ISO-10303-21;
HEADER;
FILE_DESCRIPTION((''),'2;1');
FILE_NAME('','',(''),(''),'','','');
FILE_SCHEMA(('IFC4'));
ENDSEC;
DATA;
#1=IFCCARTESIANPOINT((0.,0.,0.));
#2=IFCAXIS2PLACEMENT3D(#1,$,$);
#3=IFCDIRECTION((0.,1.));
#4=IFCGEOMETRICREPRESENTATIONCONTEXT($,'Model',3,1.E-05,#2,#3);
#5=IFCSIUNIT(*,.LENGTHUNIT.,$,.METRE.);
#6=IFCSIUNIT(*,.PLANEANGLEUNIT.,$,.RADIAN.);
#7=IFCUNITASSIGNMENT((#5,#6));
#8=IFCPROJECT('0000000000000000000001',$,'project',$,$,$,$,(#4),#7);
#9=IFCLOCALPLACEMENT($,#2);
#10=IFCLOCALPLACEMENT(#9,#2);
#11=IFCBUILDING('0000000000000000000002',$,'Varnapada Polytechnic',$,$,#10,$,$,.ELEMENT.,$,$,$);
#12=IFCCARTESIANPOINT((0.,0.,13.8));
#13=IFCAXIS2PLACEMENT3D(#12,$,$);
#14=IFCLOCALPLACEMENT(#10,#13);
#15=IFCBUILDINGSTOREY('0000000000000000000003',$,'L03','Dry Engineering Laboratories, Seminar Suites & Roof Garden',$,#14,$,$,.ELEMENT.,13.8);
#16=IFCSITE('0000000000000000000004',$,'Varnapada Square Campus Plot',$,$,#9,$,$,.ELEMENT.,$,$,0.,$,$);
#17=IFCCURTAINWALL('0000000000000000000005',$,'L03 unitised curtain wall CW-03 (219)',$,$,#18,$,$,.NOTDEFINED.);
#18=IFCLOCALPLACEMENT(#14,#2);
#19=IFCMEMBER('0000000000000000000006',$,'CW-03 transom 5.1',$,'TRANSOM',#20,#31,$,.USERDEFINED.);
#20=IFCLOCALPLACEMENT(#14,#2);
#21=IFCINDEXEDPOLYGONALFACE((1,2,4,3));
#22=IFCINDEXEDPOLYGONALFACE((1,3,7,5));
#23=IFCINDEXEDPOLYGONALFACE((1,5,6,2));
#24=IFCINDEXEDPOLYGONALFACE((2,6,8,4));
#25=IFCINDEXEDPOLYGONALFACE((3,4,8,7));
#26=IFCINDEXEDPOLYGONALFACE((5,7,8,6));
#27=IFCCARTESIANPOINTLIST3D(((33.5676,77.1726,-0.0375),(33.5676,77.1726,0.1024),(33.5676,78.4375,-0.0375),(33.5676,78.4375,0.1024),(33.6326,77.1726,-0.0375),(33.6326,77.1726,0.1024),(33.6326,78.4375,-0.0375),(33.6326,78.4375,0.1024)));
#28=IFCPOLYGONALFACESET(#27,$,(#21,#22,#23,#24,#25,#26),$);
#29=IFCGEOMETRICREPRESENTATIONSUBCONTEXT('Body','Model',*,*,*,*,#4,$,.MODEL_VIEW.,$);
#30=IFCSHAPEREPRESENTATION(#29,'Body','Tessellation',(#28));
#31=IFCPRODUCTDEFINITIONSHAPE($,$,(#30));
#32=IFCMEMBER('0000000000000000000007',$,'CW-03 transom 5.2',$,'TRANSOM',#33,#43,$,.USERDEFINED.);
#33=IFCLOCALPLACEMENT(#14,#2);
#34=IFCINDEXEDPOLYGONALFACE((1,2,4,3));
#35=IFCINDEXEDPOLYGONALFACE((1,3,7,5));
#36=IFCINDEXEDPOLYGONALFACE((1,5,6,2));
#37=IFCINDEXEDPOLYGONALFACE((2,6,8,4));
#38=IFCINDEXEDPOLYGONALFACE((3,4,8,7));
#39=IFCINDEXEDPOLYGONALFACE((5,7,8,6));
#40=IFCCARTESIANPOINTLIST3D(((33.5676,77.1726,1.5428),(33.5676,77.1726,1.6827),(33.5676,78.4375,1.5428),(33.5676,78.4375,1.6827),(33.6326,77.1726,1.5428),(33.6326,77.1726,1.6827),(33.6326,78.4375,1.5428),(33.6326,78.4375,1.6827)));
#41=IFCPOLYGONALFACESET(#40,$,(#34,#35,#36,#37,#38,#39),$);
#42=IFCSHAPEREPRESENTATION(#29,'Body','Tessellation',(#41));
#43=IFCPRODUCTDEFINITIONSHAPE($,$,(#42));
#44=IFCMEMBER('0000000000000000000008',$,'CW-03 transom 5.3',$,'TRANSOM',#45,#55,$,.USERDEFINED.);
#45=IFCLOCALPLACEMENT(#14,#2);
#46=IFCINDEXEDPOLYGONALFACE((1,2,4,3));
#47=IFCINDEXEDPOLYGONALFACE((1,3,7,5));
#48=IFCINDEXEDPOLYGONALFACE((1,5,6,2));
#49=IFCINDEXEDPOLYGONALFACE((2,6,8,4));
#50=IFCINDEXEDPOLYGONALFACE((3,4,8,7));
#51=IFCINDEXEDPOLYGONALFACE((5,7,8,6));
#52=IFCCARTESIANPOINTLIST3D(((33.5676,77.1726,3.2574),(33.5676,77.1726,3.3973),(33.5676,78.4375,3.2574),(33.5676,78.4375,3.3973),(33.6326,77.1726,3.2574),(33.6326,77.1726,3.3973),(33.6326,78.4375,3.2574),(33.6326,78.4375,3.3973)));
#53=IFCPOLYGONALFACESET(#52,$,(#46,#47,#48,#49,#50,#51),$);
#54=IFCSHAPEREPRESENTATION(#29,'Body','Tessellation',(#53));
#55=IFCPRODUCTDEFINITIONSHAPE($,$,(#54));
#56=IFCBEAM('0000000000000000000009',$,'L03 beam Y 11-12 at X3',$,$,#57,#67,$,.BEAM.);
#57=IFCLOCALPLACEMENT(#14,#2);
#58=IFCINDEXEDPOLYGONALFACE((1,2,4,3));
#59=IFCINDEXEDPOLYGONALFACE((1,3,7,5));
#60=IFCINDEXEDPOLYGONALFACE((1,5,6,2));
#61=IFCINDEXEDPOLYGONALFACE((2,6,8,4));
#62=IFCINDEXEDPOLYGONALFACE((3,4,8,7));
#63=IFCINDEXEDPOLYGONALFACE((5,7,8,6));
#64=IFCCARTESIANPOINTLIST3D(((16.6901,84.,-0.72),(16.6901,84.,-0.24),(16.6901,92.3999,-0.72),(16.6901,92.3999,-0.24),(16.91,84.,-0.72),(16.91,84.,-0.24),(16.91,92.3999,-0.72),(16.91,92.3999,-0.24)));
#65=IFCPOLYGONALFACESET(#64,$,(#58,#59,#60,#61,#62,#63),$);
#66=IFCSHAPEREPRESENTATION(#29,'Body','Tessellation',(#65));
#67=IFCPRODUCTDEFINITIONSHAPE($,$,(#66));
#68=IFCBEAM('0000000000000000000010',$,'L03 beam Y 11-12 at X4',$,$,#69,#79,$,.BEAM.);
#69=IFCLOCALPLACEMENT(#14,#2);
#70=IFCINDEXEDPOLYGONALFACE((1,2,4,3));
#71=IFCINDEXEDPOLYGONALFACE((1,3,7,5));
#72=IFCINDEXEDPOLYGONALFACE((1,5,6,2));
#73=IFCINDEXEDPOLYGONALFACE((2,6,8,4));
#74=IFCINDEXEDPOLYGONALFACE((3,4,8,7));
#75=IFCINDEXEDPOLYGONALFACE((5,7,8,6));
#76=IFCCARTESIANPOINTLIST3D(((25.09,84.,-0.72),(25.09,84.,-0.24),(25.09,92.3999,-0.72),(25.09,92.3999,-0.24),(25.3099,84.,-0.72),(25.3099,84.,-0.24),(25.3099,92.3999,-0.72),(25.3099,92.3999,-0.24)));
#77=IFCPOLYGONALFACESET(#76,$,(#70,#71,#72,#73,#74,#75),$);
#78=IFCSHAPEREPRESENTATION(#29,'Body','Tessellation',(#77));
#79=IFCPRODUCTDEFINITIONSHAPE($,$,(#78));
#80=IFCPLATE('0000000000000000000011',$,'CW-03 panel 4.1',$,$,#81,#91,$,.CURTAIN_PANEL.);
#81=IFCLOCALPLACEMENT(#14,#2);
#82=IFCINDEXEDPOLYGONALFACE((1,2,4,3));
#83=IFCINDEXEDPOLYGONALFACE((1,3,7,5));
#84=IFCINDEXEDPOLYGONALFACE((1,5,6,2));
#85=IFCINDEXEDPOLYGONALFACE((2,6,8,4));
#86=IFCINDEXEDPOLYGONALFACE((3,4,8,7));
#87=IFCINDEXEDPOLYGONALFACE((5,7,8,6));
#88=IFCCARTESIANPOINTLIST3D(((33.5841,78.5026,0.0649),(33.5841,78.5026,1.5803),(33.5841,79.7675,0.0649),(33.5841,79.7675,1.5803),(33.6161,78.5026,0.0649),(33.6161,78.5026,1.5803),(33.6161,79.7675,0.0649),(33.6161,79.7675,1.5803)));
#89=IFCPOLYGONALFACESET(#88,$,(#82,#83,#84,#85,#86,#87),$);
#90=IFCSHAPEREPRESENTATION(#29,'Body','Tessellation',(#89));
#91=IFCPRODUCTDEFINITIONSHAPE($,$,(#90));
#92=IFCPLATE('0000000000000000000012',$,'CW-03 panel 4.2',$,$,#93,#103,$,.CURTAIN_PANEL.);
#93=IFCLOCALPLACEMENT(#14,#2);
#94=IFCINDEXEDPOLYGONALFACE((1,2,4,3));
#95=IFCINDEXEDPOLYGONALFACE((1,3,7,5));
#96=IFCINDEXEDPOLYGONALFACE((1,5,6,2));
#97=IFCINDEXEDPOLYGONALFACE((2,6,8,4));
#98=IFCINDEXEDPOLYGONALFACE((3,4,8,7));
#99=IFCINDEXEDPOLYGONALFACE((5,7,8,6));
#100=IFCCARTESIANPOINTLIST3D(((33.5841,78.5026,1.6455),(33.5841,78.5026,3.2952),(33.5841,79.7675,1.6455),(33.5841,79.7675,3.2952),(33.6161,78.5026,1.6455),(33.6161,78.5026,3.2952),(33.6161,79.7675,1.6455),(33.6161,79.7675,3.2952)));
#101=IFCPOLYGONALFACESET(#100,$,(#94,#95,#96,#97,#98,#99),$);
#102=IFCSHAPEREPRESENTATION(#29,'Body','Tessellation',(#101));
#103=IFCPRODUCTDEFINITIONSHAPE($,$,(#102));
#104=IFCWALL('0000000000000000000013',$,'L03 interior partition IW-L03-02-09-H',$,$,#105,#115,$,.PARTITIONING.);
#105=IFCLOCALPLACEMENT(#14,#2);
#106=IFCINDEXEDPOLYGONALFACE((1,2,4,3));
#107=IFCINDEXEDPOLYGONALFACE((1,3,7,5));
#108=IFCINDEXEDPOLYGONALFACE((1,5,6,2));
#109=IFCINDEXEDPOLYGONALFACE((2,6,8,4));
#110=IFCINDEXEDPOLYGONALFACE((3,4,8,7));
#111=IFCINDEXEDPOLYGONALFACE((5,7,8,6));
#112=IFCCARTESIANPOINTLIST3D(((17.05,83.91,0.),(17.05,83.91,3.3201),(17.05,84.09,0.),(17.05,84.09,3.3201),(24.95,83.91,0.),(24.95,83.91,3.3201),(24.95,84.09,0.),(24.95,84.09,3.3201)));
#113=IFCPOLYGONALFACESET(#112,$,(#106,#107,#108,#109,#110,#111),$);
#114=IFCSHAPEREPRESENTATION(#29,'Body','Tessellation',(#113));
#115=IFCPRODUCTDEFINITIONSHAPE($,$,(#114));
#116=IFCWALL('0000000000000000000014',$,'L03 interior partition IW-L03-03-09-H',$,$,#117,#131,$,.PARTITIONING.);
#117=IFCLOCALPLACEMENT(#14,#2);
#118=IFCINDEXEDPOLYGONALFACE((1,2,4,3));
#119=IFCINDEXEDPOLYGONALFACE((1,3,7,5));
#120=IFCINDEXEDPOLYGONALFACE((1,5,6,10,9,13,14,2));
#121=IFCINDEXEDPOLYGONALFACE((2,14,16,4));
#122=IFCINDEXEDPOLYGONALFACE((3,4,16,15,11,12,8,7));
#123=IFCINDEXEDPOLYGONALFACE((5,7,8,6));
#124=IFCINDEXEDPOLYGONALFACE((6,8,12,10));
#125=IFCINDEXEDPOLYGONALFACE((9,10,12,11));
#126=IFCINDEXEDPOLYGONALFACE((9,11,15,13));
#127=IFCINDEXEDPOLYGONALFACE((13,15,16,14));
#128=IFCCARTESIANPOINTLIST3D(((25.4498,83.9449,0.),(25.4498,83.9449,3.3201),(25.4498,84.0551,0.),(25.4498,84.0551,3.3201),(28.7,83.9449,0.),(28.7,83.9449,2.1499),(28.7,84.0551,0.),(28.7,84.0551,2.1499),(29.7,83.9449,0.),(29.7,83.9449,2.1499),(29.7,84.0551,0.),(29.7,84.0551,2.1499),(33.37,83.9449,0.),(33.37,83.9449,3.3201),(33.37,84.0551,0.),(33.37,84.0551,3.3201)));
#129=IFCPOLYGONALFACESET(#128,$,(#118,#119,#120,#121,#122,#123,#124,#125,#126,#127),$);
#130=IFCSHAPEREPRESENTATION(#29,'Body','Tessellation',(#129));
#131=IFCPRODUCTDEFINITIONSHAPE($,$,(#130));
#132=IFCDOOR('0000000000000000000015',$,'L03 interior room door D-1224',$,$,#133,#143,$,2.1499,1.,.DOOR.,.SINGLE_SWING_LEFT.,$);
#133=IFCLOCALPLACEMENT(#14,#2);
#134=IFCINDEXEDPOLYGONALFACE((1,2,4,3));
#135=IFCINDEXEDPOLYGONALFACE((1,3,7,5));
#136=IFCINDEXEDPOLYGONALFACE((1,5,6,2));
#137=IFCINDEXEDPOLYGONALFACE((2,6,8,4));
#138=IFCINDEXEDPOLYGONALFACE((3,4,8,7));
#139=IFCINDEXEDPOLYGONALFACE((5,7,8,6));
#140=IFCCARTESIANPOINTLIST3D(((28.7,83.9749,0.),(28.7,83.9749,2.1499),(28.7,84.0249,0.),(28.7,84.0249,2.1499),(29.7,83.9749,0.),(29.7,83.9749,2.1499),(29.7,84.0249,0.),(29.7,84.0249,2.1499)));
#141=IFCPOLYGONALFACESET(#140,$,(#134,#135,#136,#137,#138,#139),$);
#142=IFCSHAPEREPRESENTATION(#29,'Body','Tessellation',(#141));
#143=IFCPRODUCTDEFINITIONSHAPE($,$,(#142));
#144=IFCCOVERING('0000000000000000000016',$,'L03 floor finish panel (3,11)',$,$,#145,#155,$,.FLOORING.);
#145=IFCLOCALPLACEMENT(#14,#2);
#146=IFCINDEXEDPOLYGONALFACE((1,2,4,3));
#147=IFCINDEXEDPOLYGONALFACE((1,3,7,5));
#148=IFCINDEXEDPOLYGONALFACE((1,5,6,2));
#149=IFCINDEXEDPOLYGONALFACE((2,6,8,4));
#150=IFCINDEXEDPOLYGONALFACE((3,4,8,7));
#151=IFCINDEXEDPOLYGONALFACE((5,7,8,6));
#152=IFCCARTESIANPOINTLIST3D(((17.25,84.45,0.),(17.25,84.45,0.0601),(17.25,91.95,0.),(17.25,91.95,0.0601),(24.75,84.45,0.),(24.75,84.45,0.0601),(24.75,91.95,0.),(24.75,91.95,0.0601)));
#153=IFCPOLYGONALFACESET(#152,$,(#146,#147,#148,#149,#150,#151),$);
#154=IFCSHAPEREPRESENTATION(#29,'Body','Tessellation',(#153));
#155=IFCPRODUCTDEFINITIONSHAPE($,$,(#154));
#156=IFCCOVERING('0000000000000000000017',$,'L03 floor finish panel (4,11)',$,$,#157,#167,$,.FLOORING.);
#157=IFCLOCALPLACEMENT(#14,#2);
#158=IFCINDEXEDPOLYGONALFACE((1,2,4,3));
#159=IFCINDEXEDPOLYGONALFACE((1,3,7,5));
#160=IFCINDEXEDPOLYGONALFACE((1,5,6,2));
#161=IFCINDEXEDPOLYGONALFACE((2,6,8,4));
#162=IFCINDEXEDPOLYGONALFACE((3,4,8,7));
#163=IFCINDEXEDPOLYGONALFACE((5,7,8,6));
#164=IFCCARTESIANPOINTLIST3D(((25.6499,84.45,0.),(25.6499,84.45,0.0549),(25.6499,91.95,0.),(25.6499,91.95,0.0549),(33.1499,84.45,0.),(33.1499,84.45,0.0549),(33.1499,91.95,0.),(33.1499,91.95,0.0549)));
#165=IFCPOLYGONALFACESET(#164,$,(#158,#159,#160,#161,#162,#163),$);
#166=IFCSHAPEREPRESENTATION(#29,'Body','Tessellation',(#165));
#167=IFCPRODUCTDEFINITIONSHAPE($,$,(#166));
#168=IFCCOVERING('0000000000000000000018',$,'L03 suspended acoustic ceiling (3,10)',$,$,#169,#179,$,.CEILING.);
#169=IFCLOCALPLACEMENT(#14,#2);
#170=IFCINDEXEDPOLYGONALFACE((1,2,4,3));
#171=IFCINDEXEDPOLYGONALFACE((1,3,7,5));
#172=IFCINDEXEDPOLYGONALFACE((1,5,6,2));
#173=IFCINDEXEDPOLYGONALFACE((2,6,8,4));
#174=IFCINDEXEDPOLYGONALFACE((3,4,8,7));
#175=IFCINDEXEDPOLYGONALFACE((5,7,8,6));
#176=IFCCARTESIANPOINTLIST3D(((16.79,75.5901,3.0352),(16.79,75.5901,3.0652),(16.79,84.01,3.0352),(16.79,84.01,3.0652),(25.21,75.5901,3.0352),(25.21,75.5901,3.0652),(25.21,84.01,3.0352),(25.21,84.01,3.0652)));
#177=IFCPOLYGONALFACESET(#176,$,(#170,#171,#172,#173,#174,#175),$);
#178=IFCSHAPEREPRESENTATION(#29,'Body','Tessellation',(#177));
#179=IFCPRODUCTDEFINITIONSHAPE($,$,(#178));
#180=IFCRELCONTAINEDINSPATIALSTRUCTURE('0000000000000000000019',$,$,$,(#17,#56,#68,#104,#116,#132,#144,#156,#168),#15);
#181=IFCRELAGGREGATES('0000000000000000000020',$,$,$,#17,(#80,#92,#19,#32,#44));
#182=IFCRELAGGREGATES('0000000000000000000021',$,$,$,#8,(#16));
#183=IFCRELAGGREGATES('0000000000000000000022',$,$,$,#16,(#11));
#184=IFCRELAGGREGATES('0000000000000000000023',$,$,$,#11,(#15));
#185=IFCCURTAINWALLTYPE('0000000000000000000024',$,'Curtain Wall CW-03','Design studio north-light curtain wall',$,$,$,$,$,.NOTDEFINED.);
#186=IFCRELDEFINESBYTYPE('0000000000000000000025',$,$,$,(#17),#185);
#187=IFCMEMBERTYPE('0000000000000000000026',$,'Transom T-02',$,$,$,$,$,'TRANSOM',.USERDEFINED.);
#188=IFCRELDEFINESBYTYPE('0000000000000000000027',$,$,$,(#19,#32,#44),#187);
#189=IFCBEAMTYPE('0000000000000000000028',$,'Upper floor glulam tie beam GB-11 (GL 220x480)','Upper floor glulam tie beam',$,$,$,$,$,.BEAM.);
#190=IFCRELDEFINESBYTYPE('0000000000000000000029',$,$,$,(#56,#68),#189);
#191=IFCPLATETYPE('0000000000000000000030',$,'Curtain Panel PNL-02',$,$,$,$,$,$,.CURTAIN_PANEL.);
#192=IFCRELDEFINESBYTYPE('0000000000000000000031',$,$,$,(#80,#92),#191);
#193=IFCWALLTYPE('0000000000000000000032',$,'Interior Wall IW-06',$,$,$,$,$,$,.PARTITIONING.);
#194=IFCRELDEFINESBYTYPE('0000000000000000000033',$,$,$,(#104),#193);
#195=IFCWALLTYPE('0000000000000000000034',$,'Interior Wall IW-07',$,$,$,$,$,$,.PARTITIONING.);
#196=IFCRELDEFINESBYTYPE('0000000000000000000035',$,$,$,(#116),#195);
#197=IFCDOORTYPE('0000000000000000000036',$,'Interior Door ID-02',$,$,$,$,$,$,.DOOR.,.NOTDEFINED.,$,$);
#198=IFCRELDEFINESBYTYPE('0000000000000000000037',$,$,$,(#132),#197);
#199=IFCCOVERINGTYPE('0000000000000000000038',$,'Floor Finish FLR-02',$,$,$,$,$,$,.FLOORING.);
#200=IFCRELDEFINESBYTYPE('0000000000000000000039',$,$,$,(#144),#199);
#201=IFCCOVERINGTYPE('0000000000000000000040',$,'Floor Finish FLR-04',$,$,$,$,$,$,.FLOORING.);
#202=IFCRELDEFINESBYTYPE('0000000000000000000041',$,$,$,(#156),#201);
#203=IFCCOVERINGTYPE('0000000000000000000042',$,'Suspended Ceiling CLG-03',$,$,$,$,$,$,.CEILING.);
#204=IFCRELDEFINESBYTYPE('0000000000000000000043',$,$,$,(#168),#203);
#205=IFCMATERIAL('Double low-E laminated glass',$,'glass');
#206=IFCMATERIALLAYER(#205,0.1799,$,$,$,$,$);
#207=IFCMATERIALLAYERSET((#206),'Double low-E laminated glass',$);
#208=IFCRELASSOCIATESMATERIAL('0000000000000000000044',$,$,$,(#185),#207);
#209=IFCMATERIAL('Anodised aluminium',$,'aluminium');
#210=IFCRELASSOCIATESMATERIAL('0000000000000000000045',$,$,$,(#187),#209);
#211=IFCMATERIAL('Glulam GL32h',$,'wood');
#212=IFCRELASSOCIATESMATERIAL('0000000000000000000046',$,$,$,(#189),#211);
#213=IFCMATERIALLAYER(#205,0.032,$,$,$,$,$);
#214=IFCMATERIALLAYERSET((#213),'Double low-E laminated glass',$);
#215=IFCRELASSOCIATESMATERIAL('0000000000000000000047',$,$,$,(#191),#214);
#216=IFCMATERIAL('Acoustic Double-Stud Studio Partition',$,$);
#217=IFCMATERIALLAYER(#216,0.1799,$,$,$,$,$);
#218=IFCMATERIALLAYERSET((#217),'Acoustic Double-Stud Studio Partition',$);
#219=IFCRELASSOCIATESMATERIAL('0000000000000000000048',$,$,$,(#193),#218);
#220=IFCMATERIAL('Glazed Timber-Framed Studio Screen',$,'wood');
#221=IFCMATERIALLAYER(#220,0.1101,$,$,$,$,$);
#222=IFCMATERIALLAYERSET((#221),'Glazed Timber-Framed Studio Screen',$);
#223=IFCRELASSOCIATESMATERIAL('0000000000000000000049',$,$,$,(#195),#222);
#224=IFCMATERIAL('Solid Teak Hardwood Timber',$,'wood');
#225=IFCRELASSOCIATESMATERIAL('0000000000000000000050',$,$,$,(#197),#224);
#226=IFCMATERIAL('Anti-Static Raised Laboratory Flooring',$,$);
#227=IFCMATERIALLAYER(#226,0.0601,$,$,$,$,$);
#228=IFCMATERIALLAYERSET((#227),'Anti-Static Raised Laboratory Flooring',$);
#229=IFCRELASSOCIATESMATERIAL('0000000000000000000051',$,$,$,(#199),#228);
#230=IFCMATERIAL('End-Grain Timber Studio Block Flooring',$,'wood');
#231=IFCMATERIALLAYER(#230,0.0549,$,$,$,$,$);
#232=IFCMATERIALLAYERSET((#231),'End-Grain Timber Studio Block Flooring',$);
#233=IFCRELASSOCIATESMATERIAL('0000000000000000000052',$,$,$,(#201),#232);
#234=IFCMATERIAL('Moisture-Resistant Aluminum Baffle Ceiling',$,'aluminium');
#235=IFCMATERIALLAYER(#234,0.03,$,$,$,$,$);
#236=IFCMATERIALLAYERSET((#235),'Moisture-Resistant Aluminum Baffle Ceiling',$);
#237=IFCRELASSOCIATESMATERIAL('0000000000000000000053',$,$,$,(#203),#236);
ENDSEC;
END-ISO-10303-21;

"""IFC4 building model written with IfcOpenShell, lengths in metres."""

from ifc_helpers import new_model, si_unit, direction, frame, frame_2d, origin, origin_2d, place, context, subcontext, project, spatial, rectangle, extrude, material, layer, layer_set, material_profile, profile_set, type_object, element, fill, aggregate, save


model = new_model("IFC4")

# Units and contexts
model_context = context("Model", 3, precision=1e-05, world=origin(), true_north=direction((0.0, 1.0)))
body_context = subcontext(model_context, "Body", "Model", "MODEL_VIEW")
ifc_project = project(units=[si_unit("LENGTHUNIT", "METRE"), si_unit("PLANEANGLEUNIT", "RADIAN")], contexts=[model_context])

# Site, building, storey
site_placement = place(None, origin())
site = spatial("IfcSite", under=ifc_project, at=site_placement, Name="Varnapada Square Campus Plot", CompositionType="ELEMENT", RefElevation=0.0)
building_placement = place(site_placement, origin())
building = spatial("IfcBuilding", under=site, at=building_placement, Name="Varnapada Polytechnic", CompositionType="ELEMENT")
storey_placement = place(building_placement, frame((0.0, 0.0, 13.8)))
storey = spatial("IfcBuildingStorey", under=building, at=storey_placement, Name="L03", Description="Dry Engineering Laboratories, Seminar Suites & Roof Garden", CompositionType="ELEMENT", Elevation=13.8)

# Shared definitions
ifc_material_1 = material(Name="Glulam GL32h", Category="wood")

# Curtain wall
ifc_material_2 = material(Name="Double low-E laminated glass", Category="glass")
ifc_layer_1 = layer(ifc_material_2, 0.1799)
ifc_layer_set_1 = layer_set([ifc_layer_1], Name="Double low-E laminated glass")
curtain_wall_type = type_object("IfcCurtainWallType", Name="Curtain Wall CW-03", Description="Design studio north-light curtain wall", PredefinedType="NOTDEFINED", material=ifc_layer_set_1)
curtain_wall_placement = place(storey_placement, origin())
curtain_wall = element("IfcCurtainWall", 1, at=curtain_wall_placement, inside=storey, type_object=curtain_wall_type, Name="L03 unitised curtain wall CW-03 (219)", PredefinedType="NOTDEFINED")
ifc_material_3 = material(Name="Anodised aluminium", Category="aluminium")

# Members
ifc_material_profile_1 = material_profile(ifc_material_3, rectangle(XDim=0.0649, YDim=0.1399, at=origin_2d()), Name="ALU T65x140")
ifc_profile_set_1 = profile_set([ifc_material_profile_1], Name="Anodised aluminium")
member_type_1 = type_object("IfcMemberType", Name="Transom T-02", ElementType="TRANSOM", PredefinedType="USERDEFINED", material=ifc_profile_set_1)
member_1_placement = place(storey_placement, frame((33.6001, 78.4375, 0.0325), z_axis=(0.0, -1.0, 0.0), x_axis=(1.0, 0.0, 0.0)))
member_1 = element("IfcMember", 2, at=member_1_placement, type_object=member_type_1, Name="CW-03 transom 5.1", ObjectType="TRANSOM", PredefinedType="USERDEFINED", context=body_context, shape_type="SweptSolid", body=[
    extrude(rectangle(XDim=0.0649, YDim=0.1399, at=origin_2d()), origin(), (0.0, 0.0, 1.0), 1.2649),
])
member_2_placement = place(storey_placement, frame((33.6001, 78.4375, 1.6128), z_axis=(0.0, -1.0, 0.0), x_axis=(1.0, 0.0, 0.0)))
member_2 = element("IfcMember", 3, at=member_2_placement, type_object=member_type_1, Name="CW-03 transom 5.2", ObjectType="TRANSOM", PredefinedType="USERDEFINED", context=body_context, shape_type="SweptSolid", body=[
    extrude(rectangle(XDim=0.0649, YDim=0.1399, at=origin_2d()), origin(), (0.0, 0.0, 1.0), 1.2649),
])
member_3_placement = place(storey_placement, frame((33.6001, 78.4375, 3.3274), z_axis=(0.0, -1.0, 0.0), x_axis=(1.0, 0.0, 0.0)))
member_3 = element("IfcMember", 4, at=member_3_placement, type_object=member_type_1, Name="CW-03 transom 5.3", ObjectType="TRANSOM", PredefinedType="USERDEFINED", context=body_context, shape_type="SweptSolid", body=[
    extrude(rectangle(XDim=0.0649, YDim=0.1399, at=origin_2d()), origin(), (0.0, 0.0, 1.0), 1.2649),
])

# Beams
ifc_material_profile_2 = material_profile(ifc_material_1, rectangle(XDim=0.22, YDim=0.48, at=origin_2d()), Name="GL 220x480")
ifc_profile_set_2 = profile_set([ifc_material_profile_2], Name="Glulam GL32h")
beam_type_1 = type_object("IfcBeamType", Name="Upper floor glulam tie beam GB-11 (GL 220x480)", Description="Upper floor glulam tie beam", PredefinedType="BEAM", material=ifc_profile_set_2)
for number, where, z_axis, x_axis, name in (
    (5, (16.8, 84.0, -0.48), (0.0, 1.0, 0.0), (-1.0, 0.0, 0.0), "L03 beam Y 11-12 at X3"),
    (6, (25.2, 84.0, -0.48), (0.0, 1.0, 0.0), (-1.0, 0.0, 0.0), "L03 beam Y 11-12 at X4"),
):
    element("IfcBeam", number, at=place(storey_placement, frame(where, z_axis=z_axis, x_axis=x_axis)), inside=storey, type_object=beam_type_1, Name=name, PredefinedType="BEAM", context=body_context, shape_type="SweptSolid", body=[
        extrude(rectangle(XDim=0.22, YDim=0.48, at=origin_2d()), origin(), (0.0, 0.0, 1.0), 8.3999),
    ])

# Plates
ifc_layer_2 = layer(ifc_material_2, 0.032)
ifc_layer_set_2 = layer_set([ifc_layer_2], Name="Double low-E laminated glass")
plate_type = type_object("IfcPlateType", Name="Curtain Panel PNL-02", PredefinedType="CURTAIN_PANEL", material=ifc_layer_set_2)
plate_1_placement = place(storey_placement, frame((33.6001, 79.135, 0.0649), z_axis=(0.0, 0.0, 1.0), x_axis=(0.0, -1.0, 0.0)))
plate_1 = element("IfcPlate", 7, at=plate_1_placement, type_object=plate_type, Name="CW-03 panel 4.1", PredefinedType="CURTAIN_PANEL", context=body_context, shape_type="SweptSolid", body=[
    extrude(rectangle(XDim=1.2649, YDim=0.032, at=origin_2d()), origin(), (0.0, 0.0, 1.0), 1.5154),
])
plate_2_placement = place(storey_placement, frame((33.6001, 79.135, 1.6455), z_axis=(0.0, 0.0, 1.0), x_axis=(0.0, -1.0, 0.0)))
plate_2 = element("IfcPlate", 8, at=plate_2_placement, type_object=plate_type, Name="CW-03 panel 4.2", PredefinedType="CURTAIN_PANEL", context=body_context, shape_type="SweptSolid", body=[
    extrude(rectangle(XDim=1.2649, YDim=0.032, at=origin_2d()), origin(), (0.0, 0.0, 1.0), 1.6497),
])
aggregate(curtain_wall, [plate_1, plate_2, member_1, member_2, member_3])

# Wall
ifc_material_4 = material(Name="Acoustic Double-Stud Studio Partition")
ifc_layer_3 = layer(ifc_material_4, 0.1799)
ifc_layer_set_3 = layer_set([ifc_layer_3], Name="Acoustic Double-Stud Studio Partition")
wall_type_1 = type_object("IfcWallType", Name="Interior Wall IW-06", PredefinedType="PARTITIONING", material=ifc_layer_set_3)
wall_1_placement = place(storey_placement, frame((17.05, 84.0, 0.0), z_axis=(0.0, 0.0, 1.0), x_axis=(1.0, 0.0, 0.0)))
element("IfcWall", 9, at=wall_1_placement, inside=storey, type_object=wall_type_1, Name="L03 interior partition IW-L03-02-09-H", PredefinedType="PARTITIONING", context=body_context, shape_type="SweptSolid", body=[
    extrude(rectangle(XDim=7.8999, YDim=0.1799, at=frame_2d((3.95, 0.0))), origin(), (0.0, 0.0, 1.0), 3.3201),
])

# Wall, opening, door
ifc_material_5 = material(Name="Glazed Timber-Framed Studio Screen", Category="wood")
ifc_layer_4 = layer(ifc_material_5, 0.1101)
ifc_layer_set_4 = layer_set([ifc_layer_4], Name="Glazed Timber-Framed Studio Screen")
wall_type_2 = type_object("IfcWallType", Name="Interior Wall IW-07", PredefinedType="PARTITIONING", material=ifc_layer_set_4)
wall_2_placement = place(storey_placement, frame((25.45, 84.0, 0.0), z_axis=(0.0, 0.0, 1.0), x_axis=(1.0, 0.0, 0.0)))
wall_2 = element("IfcWall", 10, at=wall_2_placement, inside=storey, type_object=wall_type_2, Name="L03 interior partition IW-L03-03-09-H", PredefinedType="PARTITIONING", context=body_context, shape_type="SweptSolid", body=[
    extrude(rectangle(XDim=7.9202, YDim=0.1101, at=frame_2d((3.96, 0.0))), origin(), (0.0, 0.0, 1.0), 3.3201),
])
opening_placement = place(wall_2_placement, frame((3.25, 0.0, 0.0)))
opening = element("IfcOpeningElement", 11, at=opening_placement, cuts=wall_2, PredefinedType="OPENING", context=body_context, shape_type="SweptSolid", body=[
    extrude(rectangle(XDim=1.0, YDim=2.1499, at=frame_2d((0.5, 1.075))), frame((0.0, 0.0649, 0.0), z_axis=(0.0, -1.0, 0.0), x_axis=(1.0, 0.0, 0.0)), (0.0, 0.0, 1.0), 0.1301),
])
ifc_material_6 = material(Name="Solid Teak Hardwood Timber", Category="wood")
door_type = type_object("IfcDoorType", Name="Interior Door ID-02", OperationType="NOTDEFINED", PredefinedType="DOOR", material=ifc_material_6)
door_placement = place(opening_placement, origin())
door = element("IfcDoor", 12, at=door_placement, inside=storey, type_object=door_type, Name="L03 interior room door D-1224", OperationType="SINGLE_SWING_LEFT", OverallHeight=2.1499, OverallWidth=1.0, PredefinedType="DOOR", context=body_context, shape_type="SweptSolid", body=[
    extrude(rectangle(XDim=1.0, YDim=2.1499, at=frame_2d((0.5, 1.075))), frame((0.0, 0.0249, 0.0), z_axis=(0.0, -1.0, 0.0), x_axis=(1.0, 0.0, 0.0)), (0.0, 0.0, 1.0), 0.05),
])
fill(opening, door)

# Coverings
ifc_material_7 = material(Name="Anti-Static Raised Laboratory Flooring")
ifc_layer_5 = layer(ifc_material_7, 0.0601)
ifc_layer_set_5 = layer_set([ifc_layer_5], Name="Anti-Static Raised Laboratory Flooring")
covering_type_1 = type_object("IfcCoveringType", Name="Floor Finish FLR-02", PredefinedType="FLOORING", material=ifc_layer_set_5)
covering_1_placement = place(storey_placement, frame((21.0, 88.2, 0.0), z_axis=(0.0, 0.0, 1.0), x_axis=(1.0, 0.0, 0.0)))
element("IfcCovering", 13, at=covering_1_placement, inside=storey, type_object=covering_type_1, Name="L03 floor finish panel (3,11)", PredefinedType="FLOORING", context=body_context, shape_type="SweptSolid", body=[
    extrude(rectangle(XDim=7.5, YDim=7.5, at=origin_2d()), origin(), (0.0, 0.0, 1.0), 0.0601),
])
ifc_material_8 = material(Name="End-Grain Timber Studio Block Flooring", Category="wood")
ifc_layer_6 = layer(ifc_material_8, 0.0549)
ifc_layer_set_6 = layer_set([ifc_layer_6], Name="End-Grain Timber Studio Block Flooring")
covering_type_2 = type_object("IfcCoveringType", Name="Floor Finish FLR-04", PredefinedType="FLOORING", material=ifc_layer_set_6)
covering_2_placement = place(storey_placement, frame((29.3999, 88.2, 0.0), z_axis=(0.0, 0.0, 1.0), x_axis=(1.0, 0.0, 0.0)))
element("IfcCovering", 14, at=covering_2_placement, inside=storey, type_object=covering_type_2, Name="L03 floor finish panel (4,11)", PredefinedType="FLOORING", context=body_context, shape_type="SweptSolid", body=[
    extrude(rectangle(XDim=7.5, YDim=7.5, at=origin_2d()), origin(), (0.0, 0.0, 1.0), 0.0549),
])
ifc_material_9 = material(Name="Moisture-Resistant Aluminum Baffle Ceiling", Category="aluminium")
ifc_layer_7 = layer(ifc_material_9, 0.03)
ifc_layer_set_7 = layer_set([ifc_layer_7], Name="Moisture-Resistant Aluminum Baffle Ceiling")
covering_type_3 = type_object("IfcCoveringType", Name="Suspended Ceiling CLG-03", PredefinedType="CEILING", material=ifc_layer_set_7)
for number, where, z_axis, x_axis, name in (
    (15, (21.0, 79.8, 3.0352), (0.0, 0.0, 1.0), (1.0, 0.0, 0.0), "L03 suspended acoustic ceiling (3,10)"),
):
    element("IfcCovering", number, at=place(storey_placement, frame(where, z_axis=z_axis, x_axis=x_axis)), inside=storey, type_object=covering_type_3, Name=name, PredefinedType="CEILING", context=body_context, shape_type="SweptSolid", body=[
        extrude(rectangle(XDim=8.4199, YDim=8.4199, at=origin_2d()), origin(), (0.0, 0.0, 1.0), 0.03),
    ])

save(model, "model.ifc")
